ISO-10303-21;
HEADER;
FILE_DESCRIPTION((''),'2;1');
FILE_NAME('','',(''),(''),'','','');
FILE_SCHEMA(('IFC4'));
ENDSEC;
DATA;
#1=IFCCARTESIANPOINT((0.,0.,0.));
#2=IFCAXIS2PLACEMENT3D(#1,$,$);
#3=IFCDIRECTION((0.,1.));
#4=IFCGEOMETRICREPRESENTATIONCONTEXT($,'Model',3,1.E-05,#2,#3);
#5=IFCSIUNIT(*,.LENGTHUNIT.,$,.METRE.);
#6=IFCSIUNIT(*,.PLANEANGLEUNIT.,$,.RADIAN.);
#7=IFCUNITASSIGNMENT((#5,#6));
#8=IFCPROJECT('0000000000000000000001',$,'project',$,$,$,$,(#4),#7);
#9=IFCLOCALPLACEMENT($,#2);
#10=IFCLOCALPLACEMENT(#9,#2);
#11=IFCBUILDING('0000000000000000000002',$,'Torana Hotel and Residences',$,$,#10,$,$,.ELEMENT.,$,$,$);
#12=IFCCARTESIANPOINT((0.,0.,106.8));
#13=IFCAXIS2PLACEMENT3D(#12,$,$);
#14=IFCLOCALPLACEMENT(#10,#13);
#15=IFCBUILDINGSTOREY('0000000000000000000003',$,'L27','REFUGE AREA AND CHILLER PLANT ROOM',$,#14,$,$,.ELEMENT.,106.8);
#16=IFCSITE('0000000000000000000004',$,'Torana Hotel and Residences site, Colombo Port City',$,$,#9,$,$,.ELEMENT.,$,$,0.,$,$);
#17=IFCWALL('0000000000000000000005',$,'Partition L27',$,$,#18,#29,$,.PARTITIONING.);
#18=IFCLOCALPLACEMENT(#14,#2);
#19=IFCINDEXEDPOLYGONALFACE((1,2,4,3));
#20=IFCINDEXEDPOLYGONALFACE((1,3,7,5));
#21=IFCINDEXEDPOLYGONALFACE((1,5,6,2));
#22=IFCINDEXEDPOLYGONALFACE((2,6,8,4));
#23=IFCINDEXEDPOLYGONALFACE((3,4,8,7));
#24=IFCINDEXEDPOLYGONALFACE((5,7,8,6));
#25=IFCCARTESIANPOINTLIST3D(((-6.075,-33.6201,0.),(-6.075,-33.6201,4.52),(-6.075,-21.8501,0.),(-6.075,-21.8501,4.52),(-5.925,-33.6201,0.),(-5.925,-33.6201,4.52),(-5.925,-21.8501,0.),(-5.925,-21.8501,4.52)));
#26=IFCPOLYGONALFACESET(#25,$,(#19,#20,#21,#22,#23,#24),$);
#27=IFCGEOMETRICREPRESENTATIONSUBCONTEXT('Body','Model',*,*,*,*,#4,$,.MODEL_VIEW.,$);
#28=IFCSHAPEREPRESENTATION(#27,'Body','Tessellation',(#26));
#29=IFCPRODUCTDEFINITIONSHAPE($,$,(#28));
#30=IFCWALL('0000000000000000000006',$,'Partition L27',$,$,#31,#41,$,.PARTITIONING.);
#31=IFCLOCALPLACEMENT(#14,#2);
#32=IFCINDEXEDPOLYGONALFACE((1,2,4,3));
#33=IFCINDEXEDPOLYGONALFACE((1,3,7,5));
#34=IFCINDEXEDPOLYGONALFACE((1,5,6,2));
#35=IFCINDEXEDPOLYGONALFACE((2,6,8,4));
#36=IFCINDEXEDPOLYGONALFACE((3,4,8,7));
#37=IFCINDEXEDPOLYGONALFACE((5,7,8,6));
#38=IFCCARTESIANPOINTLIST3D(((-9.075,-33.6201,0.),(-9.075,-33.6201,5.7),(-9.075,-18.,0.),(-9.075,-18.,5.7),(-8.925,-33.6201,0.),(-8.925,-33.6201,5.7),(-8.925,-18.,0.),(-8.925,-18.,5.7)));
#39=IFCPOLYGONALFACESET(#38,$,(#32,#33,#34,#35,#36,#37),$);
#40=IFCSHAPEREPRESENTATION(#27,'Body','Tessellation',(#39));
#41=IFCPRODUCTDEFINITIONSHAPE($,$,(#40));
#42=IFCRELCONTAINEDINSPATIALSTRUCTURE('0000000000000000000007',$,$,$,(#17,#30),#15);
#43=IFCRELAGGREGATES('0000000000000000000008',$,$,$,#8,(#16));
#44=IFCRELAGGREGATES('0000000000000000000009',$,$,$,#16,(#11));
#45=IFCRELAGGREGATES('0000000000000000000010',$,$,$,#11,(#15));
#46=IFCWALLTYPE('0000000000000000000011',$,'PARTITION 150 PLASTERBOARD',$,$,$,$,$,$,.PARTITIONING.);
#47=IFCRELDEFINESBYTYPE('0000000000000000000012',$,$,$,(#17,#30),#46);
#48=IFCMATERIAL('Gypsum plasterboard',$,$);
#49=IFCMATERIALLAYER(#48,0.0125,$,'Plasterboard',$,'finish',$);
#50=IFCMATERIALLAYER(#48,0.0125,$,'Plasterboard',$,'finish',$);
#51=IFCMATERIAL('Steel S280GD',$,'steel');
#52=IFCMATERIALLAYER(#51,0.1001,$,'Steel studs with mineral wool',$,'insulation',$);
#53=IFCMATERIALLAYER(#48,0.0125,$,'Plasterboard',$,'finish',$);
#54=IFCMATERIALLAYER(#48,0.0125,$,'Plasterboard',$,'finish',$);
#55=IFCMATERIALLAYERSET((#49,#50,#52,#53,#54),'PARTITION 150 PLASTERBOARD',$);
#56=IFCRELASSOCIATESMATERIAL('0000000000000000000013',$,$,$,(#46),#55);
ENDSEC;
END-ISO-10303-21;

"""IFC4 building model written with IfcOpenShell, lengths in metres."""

from ifc_helpers import new_model, si_unit, direction, frame, frame_2d, origin, place, context, subcontext, project, spatial, rectangle, extrude, material, layer, layer_set, type_object, element, save


model = new_model("IFC4")

# Units and contexts
model_context = context("Model", 3, precision=1e-05, world=origin(), true_north=direction((0.0, 1.0)))
body_context = subcontext(model_context, "Body", "Model", "MODEL_VIEW")
ifc_project = project(units=[si_unit("LENGTHUNIT", "METRE"), si_unit("PLANEANGLEUNIT", "RADIAN")], contexts=[model_context])

# Site, building, storey
site_placement = place(None, origin())
site = spatial("IfcSite", under=ifc_project, at=site_placement, Name="Torana Hotel and Residences site, Colombo Port City", CompositionType="ELEMENT", RefElevation=0.0)
building_placement = place(site_placement, origin())
building = spatial("IfcBuilding", under=site, at=building_placement, Name="Torana Hotel and Residences", CompositionType="ELEMENT")
storey_placement = place(building_placement, frame((0.0, 0.0, 106.8)))
storey = spatial("IfcBuildingStorey", under=building, at=storey_placement, Name="L27", Description="REFUGE AREA AND CHILLER PLANT ROOM", CompositionType="ELEMENT", Elevation=106.8)

# Walls
ifc_material_1 = material(Name="Gypsum plasterboard")
ifc_layer_1 = layer(ifc_material_1, 0.0125, Name="Plasterboard", Category="finish")
ifc_layer_2 = layer(ifc_material_1, 0.0125, Name="Plasterboard", Category="finish")
ifc_material_2 = material(Name="Steel S280GD", Category="steel")
ifc_layer_3 = layer(ifc_material_2, 0.1001, Name="Steel studs with mineral wool", Category="insulation")
ifc_layer_4 = layer(ifc_material_1, 0.0125, Name="Plasterboard", Category="finish")
ifc_layer_5 = layer(ifc_material_1, 0.0125, Name="Plasterboard", Category="finish")
ifc_layer_set_1 = layer_set([ifc_layer_1, ifc_layer_2, ifc_layer_3, ifc_layer_4, ifc_layer_5], Name="PARTITION 150 PLASTERBOARD")
wall_type = type_object("IfcWallType", Name="PARTITION 150 PLASTERBOARD", PredefinedType="PARTITIONING", material=ifc_layer_set_1)
wall_1_placement = place(storey_placement, frame((-6.0, -33.6201, 0.0), z_axis=(0.0, 0.0, 1.0), x_axis=(0.0, 1.0, 0.0)))
element("IfcWall", 1, at=wall_1_placement, inside=storey, type_object=wall_type, Name="Partition L27", PredefinedType="PARTITIONING", context=body_context, shape_type="SweptSolid", body=[
    extrude(rectangle(XDim=11.77, YDim=0.1499, at=frame_2d((5.885, 0.0))), origin(), (0.0, 0.0, 1.0), 4.52),
])
wall_2_placement = place(storey_placement, frame((-9.0, -33.6201, 0.0), z_axis=(0.0, 0.0, 1.0), x_axis=(0.0, 1.0, 0.0)))
element("IfcWall", 2, at=wall_2_placement, inside=storey, type_object=wall_type, Name="Partition L27", PredefinedType="PARTITIONING", context=body_context, shape_type="SweptSolid", body=[
    extrude(rectangle(XDim=15.6201, YDim=0.1499, at=frame_2d((7.8101, 0.0))), origin(), (0.0, 0.0, 1.0), 5.7),
])

save(model, "model.ifc")
